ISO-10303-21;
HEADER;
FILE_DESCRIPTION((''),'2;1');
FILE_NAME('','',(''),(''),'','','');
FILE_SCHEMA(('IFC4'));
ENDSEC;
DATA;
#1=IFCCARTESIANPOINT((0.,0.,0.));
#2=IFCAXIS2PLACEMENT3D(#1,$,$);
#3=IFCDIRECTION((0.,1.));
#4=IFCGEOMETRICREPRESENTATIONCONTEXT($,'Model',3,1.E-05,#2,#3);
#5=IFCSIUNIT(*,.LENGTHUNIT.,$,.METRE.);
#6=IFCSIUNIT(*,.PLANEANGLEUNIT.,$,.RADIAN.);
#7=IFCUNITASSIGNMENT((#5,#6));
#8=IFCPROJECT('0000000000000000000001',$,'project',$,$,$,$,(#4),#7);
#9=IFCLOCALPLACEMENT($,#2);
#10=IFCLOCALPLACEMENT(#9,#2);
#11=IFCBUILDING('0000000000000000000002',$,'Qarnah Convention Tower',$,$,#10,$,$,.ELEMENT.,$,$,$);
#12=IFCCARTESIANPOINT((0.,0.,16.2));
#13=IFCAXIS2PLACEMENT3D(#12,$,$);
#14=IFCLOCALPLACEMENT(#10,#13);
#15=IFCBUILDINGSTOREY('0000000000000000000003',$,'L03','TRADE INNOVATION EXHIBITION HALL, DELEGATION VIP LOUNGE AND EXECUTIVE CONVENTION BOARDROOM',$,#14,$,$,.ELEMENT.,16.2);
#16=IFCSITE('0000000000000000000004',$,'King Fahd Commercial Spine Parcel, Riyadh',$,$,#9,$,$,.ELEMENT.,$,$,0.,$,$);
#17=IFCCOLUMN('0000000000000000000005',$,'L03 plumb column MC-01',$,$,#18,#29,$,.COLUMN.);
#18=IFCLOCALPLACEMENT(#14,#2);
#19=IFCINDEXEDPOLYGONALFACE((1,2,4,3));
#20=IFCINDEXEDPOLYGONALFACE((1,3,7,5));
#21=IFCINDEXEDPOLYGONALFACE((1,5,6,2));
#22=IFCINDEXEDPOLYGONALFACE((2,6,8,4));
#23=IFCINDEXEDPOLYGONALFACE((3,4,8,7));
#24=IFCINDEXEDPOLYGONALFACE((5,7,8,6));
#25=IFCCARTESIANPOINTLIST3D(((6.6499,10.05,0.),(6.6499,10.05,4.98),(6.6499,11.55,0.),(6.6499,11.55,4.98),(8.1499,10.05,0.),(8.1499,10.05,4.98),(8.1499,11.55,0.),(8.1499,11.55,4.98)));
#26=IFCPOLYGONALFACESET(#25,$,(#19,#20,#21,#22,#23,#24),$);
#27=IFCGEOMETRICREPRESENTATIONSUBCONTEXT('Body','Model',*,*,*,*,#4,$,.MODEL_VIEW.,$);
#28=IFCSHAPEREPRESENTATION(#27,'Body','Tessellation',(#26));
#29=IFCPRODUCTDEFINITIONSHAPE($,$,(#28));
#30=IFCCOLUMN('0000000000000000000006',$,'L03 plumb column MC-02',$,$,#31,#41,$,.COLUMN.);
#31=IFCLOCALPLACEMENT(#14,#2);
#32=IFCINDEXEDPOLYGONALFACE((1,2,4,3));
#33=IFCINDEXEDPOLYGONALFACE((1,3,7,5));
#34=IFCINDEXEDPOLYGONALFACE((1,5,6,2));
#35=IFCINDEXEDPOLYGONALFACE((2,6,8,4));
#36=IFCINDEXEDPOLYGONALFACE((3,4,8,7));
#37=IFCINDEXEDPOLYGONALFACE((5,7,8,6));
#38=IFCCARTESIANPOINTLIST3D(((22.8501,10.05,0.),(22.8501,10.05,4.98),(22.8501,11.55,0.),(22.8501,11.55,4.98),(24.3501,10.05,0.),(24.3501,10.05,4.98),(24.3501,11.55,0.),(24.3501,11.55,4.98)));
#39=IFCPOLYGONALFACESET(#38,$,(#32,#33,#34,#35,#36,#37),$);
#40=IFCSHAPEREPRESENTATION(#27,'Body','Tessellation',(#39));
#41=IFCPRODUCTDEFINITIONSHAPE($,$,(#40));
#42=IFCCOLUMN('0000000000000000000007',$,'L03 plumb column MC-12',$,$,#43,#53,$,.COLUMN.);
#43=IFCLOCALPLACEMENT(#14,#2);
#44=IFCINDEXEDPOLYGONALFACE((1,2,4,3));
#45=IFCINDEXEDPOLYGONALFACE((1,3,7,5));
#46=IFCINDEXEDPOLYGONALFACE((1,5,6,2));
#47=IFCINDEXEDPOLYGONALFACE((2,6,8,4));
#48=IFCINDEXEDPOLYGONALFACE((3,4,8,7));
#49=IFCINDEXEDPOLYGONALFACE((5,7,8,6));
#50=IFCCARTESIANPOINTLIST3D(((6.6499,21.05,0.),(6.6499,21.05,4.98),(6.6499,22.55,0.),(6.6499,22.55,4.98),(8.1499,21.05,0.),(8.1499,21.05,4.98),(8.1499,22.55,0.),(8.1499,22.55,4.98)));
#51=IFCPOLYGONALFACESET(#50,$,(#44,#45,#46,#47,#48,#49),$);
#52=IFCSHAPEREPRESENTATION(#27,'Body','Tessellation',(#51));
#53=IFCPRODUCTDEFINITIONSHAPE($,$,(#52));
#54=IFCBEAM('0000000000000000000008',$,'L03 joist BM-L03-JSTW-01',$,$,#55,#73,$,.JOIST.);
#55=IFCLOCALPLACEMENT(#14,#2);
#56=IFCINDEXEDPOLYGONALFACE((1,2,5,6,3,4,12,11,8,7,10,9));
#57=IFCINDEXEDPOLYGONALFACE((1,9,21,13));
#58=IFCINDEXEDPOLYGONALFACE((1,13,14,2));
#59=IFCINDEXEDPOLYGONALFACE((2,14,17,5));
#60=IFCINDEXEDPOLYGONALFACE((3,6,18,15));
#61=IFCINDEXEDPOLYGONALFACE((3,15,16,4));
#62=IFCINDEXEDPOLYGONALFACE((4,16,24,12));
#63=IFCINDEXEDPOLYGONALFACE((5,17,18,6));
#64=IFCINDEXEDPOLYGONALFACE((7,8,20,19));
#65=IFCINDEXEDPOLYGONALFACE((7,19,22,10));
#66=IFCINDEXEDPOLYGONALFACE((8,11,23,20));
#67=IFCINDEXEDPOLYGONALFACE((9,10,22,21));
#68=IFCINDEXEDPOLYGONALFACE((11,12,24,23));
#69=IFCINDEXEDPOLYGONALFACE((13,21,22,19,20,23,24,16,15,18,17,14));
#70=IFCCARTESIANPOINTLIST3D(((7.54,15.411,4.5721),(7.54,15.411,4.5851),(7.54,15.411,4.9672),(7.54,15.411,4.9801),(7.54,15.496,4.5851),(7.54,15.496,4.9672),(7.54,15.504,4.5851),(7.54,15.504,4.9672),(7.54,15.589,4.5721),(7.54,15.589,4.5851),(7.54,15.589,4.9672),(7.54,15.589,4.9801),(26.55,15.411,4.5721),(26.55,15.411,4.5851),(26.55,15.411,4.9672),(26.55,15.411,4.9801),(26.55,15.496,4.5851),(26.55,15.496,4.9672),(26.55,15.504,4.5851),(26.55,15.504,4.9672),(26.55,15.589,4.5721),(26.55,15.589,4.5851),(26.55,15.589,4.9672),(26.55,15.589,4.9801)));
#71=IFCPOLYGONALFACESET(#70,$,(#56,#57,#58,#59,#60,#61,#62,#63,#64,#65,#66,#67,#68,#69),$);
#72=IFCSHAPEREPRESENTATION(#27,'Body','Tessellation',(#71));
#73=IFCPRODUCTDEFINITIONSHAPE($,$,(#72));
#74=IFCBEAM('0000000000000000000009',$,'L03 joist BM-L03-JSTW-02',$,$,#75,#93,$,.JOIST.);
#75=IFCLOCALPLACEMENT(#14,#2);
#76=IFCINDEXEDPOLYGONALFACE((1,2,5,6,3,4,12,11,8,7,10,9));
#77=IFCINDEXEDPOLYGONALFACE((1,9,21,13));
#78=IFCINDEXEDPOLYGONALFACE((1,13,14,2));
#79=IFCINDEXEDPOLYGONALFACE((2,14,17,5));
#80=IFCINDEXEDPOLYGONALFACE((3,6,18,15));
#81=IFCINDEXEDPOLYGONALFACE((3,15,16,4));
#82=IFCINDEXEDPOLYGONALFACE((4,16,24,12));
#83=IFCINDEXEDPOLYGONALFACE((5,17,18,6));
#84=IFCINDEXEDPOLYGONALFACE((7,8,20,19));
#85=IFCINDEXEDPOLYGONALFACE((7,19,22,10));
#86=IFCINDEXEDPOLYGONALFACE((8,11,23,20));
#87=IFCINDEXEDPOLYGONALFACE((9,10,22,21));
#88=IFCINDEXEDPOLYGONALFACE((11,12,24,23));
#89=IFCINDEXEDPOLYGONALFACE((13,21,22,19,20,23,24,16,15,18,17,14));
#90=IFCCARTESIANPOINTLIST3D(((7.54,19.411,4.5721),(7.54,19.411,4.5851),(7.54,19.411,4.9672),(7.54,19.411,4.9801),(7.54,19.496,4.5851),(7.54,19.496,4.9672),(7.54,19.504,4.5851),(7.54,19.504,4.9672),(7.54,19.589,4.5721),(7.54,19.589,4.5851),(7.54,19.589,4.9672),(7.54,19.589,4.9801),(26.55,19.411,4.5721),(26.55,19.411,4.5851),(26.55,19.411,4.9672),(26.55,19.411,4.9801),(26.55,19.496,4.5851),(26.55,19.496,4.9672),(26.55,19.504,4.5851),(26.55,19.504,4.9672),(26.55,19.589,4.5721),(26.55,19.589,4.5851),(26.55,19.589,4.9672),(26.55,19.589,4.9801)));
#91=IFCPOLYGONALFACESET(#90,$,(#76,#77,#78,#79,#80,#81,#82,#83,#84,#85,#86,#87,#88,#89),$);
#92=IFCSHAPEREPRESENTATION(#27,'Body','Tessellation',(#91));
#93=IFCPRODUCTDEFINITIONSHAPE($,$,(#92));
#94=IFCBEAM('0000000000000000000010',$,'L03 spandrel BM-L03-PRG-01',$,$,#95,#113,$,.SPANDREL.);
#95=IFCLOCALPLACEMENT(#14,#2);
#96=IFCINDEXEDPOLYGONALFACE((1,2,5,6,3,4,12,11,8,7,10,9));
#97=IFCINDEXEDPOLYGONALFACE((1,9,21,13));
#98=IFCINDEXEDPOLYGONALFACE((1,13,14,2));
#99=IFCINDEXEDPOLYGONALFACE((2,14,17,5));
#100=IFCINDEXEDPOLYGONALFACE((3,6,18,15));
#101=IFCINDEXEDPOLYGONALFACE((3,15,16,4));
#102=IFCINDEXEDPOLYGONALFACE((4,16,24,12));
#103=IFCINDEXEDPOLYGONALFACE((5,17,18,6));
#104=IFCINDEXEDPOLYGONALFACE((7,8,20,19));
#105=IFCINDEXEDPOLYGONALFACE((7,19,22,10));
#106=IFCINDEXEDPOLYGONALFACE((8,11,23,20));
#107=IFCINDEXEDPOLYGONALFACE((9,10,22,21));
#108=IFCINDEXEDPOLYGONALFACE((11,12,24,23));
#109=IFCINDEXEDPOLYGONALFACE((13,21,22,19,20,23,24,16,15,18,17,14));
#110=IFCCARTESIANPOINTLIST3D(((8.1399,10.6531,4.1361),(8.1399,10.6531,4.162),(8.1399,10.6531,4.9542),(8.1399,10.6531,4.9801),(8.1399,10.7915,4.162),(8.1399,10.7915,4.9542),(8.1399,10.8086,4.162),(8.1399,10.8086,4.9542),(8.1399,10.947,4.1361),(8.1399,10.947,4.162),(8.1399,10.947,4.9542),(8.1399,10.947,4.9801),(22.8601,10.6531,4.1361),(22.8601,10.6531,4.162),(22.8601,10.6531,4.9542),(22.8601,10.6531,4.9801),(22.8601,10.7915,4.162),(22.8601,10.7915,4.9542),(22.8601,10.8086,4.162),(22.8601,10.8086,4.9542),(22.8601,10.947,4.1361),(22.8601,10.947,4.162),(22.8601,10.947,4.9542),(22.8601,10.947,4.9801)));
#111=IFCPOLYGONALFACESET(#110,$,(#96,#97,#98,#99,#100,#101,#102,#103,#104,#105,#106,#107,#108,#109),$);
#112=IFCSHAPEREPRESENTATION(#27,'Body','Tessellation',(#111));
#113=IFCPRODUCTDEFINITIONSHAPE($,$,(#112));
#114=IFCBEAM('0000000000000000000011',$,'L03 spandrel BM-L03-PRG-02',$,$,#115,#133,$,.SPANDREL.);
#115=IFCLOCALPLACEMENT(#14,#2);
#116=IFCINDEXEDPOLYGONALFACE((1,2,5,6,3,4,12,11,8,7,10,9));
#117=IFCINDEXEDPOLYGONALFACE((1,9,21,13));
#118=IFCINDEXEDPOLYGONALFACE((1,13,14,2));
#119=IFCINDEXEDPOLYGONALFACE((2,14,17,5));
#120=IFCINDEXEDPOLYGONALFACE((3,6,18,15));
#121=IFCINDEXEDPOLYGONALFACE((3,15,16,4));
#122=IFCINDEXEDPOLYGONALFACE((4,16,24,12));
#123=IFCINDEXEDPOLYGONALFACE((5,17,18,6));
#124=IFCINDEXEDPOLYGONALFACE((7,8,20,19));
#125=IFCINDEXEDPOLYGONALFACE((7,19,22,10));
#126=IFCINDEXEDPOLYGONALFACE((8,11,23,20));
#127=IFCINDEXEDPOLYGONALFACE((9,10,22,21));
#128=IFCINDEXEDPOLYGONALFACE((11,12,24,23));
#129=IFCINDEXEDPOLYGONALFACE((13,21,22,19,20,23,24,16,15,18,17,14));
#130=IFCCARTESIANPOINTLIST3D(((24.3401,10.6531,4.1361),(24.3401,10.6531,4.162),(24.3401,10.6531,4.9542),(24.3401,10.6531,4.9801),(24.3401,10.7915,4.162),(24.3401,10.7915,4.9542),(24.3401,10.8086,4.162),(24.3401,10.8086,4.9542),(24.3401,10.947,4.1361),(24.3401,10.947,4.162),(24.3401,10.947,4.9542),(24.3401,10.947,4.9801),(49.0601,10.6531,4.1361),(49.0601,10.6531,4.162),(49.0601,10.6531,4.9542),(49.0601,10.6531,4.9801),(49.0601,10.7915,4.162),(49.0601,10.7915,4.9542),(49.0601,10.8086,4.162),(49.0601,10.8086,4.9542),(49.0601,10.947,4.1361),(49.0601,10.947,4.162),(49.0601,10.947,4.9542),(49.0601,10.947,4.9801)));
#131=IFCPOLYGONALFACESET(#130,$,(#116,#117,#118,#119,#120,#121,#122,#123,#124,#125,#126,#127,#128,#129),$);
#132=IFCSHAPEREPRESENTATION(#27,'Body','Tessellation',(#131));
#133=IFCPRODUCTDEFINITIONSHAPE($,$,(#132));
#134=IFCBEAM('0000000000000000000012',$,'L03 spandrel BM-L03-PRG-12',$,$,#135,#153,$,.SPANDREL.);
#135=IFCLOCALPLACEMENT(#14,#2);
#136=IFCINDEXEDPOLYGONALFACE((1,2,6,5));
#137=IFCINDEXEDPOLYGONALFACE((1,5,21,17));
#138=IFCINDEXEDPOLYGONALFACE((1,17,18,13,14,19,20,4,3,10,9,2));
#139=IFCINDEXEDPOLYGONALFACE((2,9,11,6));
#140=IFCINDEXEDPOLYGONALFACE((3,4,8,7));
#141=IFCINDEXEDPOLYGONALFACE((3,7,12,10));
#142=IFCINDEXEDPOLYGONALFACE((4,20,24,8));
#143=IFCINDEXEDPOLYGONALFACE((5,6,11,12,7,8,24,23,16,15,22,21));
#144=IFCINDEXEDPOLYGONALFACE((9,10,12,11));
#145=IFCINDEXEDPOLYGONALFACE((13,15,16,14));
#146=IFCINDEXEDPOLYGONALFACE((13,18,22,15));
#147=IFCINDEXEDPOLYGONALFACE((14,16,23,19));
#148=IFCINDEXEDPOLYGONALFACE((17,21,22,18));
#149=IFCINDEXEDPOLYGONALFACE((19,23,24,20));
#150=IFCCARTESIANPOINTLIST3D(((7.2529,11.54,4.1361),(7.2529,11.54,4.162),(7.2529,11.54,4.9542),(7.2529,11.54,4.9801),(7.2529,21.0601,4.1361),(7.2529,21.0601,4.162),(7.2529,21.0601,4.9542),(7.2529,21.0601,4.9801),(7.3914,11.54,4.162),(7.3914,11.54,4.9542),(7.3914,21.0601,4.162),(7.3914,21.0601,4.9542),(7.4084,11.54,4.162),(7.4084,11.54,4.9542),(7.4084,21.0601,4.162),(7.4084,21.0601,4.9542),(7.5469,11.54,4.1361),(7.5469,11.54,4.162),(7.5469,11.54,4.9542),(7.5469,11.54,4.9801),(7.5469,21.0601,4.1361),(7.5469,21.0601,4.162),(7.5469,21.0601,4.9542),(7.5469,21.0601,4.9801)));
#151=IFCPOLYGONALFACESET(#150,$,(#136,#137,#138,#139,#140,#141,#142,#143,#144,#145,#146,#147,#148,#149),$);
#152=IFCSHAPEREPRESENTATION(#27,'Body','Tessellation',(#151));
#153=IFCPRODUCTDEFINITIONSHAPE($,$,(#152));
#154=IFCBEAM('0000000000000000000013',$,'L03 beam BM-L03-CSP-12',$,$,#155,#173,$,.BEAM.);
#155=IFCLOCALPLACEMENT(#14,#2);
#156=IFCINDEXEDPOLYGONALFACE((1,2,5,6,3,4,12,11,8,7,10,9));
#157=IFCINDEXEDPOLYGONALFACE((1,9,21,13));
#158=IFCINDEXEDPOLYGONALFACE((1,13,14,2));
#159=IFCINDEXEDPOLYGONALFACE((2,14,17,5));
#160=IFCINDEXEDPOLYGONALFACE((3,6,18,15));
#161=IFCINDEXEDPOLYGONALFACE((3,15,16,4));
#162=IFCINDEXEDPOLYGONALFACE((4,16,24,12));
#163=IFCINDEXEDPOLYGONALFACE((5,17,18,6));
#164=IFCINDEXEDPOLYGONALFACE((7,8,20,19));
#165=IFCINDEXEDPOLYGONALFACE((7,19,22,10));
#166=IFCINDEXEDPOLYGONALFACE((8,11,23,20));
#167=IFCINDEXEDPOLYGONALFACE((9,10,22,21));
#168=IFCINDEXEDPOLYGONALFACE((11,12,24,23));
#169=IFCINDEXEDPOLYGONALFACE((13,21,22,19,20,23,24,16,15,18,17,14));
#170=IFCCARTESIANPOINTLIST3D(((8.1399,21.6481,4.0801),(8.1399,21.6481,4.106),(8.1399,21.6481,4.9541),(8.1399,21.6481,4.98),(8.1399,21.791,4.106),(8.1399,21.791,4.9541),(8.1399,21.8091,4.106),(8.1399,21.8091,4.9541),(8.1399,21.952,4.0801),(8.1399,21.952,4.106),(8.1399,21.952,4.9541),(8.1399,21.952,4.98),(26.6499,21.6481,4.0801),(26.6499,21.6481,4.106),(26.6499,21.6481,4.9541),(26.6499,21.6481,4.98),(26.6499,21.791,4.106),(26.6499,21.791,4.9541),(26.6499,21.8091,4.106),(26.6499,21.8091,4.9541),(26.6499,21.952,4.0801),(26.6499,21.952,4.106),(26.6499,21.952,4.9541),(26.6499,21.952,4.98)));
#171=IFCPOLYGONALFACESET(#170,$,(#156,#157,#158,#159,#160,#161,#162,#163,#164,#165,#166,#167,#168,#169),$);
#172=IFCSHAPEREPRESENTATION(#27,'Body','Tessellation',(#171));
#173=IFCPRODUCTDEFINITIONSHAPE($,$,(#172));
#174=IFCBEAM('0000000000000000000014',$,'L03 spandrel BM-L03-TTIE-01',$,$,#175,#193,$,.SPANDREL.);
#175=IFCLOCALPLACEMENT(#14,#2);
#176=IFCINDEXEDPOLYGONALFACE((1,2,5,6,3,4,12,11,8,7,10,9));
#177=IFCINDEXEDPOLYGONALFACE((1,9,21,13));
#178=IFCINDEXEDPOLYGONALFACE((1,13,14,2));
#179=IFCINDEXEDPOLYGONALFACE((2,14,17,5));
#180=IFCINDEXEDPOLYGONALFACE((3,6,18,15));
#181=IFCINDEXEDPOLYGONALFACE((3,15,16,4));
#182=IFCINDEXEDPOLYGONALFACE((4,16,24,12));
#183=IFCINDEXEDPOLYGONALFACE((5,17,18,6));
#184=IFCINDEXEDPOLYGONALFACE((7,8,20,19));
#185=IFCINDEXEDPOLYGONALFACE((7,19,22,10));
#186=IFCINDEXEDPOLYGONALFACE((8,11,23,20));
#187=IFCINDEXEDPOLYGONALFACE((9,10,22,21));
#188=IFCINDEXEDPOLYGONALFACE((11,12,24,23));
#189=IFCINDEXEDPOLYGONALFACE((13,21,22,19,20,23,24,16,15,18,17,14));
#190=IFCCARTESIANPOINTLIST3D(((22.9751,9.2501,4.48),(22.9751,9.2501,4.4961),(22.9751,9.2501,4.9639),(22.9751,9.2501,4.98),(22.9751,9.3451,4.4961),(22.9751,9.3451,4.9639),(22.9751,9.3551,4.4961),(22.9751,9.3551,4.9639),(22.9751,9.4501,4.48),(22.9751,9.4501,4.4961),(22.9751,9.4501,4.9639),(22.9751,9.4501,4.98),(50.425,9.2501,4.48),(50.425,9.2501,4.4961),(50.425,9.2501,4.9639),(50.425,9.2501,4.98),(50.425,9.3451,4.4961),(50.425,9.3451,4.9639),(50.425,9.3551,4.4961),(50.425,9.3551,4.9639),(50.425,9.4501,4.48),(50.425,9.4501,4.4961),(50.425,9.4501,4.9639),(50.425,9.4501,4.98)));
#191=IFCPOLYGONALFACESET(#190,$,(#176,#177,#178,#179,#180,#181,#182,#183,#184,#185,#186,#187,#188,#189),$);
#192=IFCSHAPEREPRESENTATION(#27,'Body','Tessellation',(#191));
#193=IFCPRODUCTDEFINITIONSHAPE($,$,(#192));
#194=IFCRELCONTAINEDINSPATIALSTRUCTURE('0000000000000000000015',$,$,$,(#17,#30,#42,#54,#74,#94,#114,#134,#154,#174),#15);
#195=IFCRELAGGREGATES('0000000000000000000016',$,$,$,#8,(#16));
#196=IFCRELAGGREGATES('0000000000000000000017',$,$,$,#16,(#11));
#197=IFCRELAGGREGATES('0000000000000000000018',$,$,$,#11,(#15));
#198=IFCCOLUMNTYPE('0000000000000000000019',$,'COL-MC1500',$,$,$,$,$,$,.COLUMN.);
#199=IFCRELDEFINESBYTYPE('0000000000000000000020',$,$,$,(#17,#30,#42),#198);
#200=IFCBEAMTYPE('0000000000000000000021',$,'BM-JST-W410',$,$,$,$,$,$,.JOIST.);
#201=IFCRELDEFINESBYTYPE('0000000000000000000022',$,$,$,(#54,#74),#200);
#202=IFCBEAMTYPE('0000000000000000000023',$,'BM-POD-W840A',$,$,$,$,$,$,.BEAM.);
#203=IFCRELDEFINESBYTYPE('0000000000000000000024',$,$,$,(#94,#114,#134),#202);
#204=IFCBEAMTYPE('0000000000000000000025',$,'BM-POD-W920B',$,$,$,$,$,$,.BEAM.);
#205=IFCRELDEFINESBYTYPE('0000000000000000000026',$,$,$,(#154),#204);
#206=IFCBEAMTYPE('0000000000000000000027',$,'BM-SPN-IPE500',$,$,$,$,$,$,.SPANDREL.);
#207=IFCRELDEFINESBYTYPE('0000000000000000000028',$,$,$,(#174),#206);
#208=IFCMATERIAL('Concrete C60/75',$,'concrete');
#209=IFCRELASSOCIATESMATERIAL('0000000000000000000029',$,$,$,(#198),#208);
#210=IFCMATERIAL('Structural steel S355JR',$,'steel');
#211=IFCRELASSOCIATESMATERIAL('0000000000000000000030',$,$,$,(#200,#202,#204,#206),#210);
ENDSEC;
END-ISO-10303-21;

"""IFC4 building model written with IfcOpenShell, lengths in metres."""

from ifc_helpers import new_model, si_unit, direction, frame, origin, origin_2d, place, context, subcontext, project, spatial, rectangle, i_section, extrude, material, material_profile, profile_set, type_object, element, save


model = new_model("IFC4")

# Units and contexts
model_context = context("Model", 3, precision=1e-05, world=origin(), true_north=direction((0.0, 1.0)))
body_context = subcontext(model_context, "Body", "Model", "MODEL_VIEW")
ifc_project = project(units=[si_unit("LENGTHUNIT", "METRE"), si_unit("PLANEANGLEUNIT", "RADIAN")], contexts=[model_context])

# Site, building, storey
site_placement = place(None, origin())
site = spatial("IfcSite", under=ifc_project, at=site_placement, Name="King Fahd Commercial Spine Parcel, Riyadh", CompositionType="ELEMENT", RefElevation=0.0)
building_placement = place(site_placement, origin())
building = spatial("IfcBuilding", under=site, at=building_placement, Name="Qarnah Convention Tower", CompositionType="ELEMENT")
storey_placement = place(building_placement, frame((0.0, 0.0, 16.2)))
storey = spatial("IfcBuildingStorey", under=building, at=storey_placement, Name="L03", Description="TRADE INNOVATION EXHIBITION HALL, DELEGATION VIP LOUNGE AND EXECUTIVE CONVENTION BOARDROOM", CompositionType="ELEMENT", Elevation=16.2)

# Columns
ifc_material_1 = material(Name="Concrete C60/75", Category="concrete")
ifc_material_profile_1 = material_profile(ifc_material_1, rectangle(XDim=1.5, YDim=1.5, at=origin_2d()), Name="RC-COL-1500X1500")
ifc_profile_set_1 = profile_set([ifc_material_profile_1], Name="Concrete C60/75")
column_type = type_object("IfcColumnType", Name="COL-MC1500", PredefinedType="COLUMN", material=ifc_profile_set_1)
for number, where, z_axis, x_axis, name in (
    (1, (7.3999, 10.8, 0.0), (0.0, 0.0, 1.0), (1.0, 0.0, 0.0), "L03 plumb column MC-01"),
    (2, (23.6001, 10.8, 0.0), (0.0, 0.0, 1.0), (1.0, 0.0, 0.0), "L03 plumb column MC-02"),
    (3, (7.3999, 21.8, 0.0), (0.0, 0.0, 1.0), (1.0, 0.0, 0.0), "L03 plumb column MC-12"),
):
    element("IfcColumn", number, at=place(storey_placement, frame(where, z_axis=z_axis, x_axis=x_axis)), inside=storey, type_object=column_type, Name=name, PredefinedType="COLUMN", context=body_context, shape_type="SweptSolid", body=[
        extrude(rectangle(XDim=1.5, YDim=1.5, at=origin_2d()), origin(), (0.0, 0.0, 1.0), 4.98),
    ])

# Beams
ifc_material_2 = material(Name="Structural steel S355JR", Category="steel")
ifc_material_profile_2 = material_profile(ifc_material_2, i_section(OverallWidth=0.178, OverallDepth=0.408, WebThickness=0.0081, FlangeThickness=0.0129, at=origin_2d()), Name="W410X60")
ifc_profile_set_2 = profile_set([ifc_material_profile_2], Name="Structural steel S355JR")
beam_type_1 = type_object("IfcBeamType", Name="BM-JST-W410", PredefinedType="JOIST", material=ifc_profile_set_2)
for number, where, z_axis, x_axis, name in (
    (4, (7.54, 15.5, 4.7761), (1.0, 0.0, 0.0), (0.0, 1.0, 0.0), "L03 joist BM-L03-JSTW-01"),
    (5, (7.54, 19.5, 4.7761), (1.0, 0.0, 0.0), (0.0, 1.0, 0.0), "L03 joist BM-L03-JSTW-02"),
):
    element("IfcBeam", number, at=place(storey_placement, frame(where, z_axis=z_axis, x_axis=x_axis)), inside=storey, type_object=beam_type_1, Name=name, PredefinedType="JOIST", context=body_context, shape_type="SweptSolid", body=[
        extrude(i_section(OverallWidth=0.178, OverallDepth=0.408, WebThickness=0.0081, FlangeThickness=0.0129, at=origin_2d()), origin(), (0.0, 0.0, 1.0), 19.01),
    ])
ifc_material_profile_3 = material_profile(ifc_material_2, i_section(OverallWidth=0.2939, OverallDepth=0.844, WebThickness=0.0171, FlangeThickness=0.0259, at=origin_2d()), Name="W840X251")
ifc_profile_set_3 = profile_set([ifc_material_profile_3], Name="Structural steel S355JR")
beam_type_2 = type_object("IfcBeamType", Name="BM-POD-W840A", PredefinedType="BEAM", material=ifc_profile_set_3)
beam_1_placement = place(storey_placement, frame((8.1399, 10.8, 4.5581), z_axis=(1.0, 0.0, 0.0), x_axis=(0.0, 1.0, 0.0)))
element("IfcBeam", 6, at=beam_1_placement, inside=storey, type_object=beam_type_2, Name="L03 spandrel BM-L03-PRG-01", PredefinedType="SPANDREL", context=body_context, shape_type="SweptSolid", body=[
    extrude(i_section(OverallWidth=0.2939, OverallDepth=0.844, WebThickness=0.0171, FlangeThickness=0.0259, at=origin_2d()), origin(), (0.0, 0.0, 1.0), 14.7202),
])
beam_2_placement = place(storey_placement, frame((24.3401, 10.8, 4.5581), z_axis=(1.0, 0.0, 0.0), x_axis=(0.0, 1.0, 0.0)))
element("IfcBeam", 7, at=beam_2_placement, inside=storey, type_object=beam_type_2, Name="L03 spandrel BM-L03-PRG-02", PredefinedType="SPANDREL", context=body_context, shape_type="SweptSolid", body=[
    extrude(i_section(OverallWidth=0.2939, OverallDepth=0.844, WebThickness=0.0171, FlangeThickness=0.0259, at=origin_2d()), origin(), (0.0, 0.0, 1.0), 24.72),
])
beam_3_placement = place(storey_placement, frame((7.3999, 21.0601, 4.5581), z_axis=(0.0, -1.0, 0.0), x_axis=(1.0, 0.0, 0.0)))
element("IfcBeam", 8, at=beam_3_placement, inside=storey, type_object=beam_type_2, Name="L03 spandrel BM-L03-PRG-12", PredefinedType="SPANDREL", context=body_context, shape_type="SweptSolid", body=[
    extrude(i_section(OverallWidth=0.2939, OverallDepth=0.844, WebThickness=0.0171, FlangeThickness=0.0259, at=origin_2d()), origin(), (0.0, 0.0, 1.0), 9.52),
])
ifc_material_profile_4 = material_profile(ifc_material_2, i_section(OverallWidth=0.304, OverallDepth=0.8999, WebThickness=0.0181, FlangeThickness=0.0259, at=origin_2d()), Name="W920X271")
ifc_profile_set_4 = profile_set([ifc_material_profile_4], Name="Structural steel S355JR")
beam_type_3 = type_object("IfcBeamType", Name="BM-POD-W920B", PredefinedType="BEAM", material=ifc_profile_set_4)
beam_4_placement = place(storey_placement, frame((8.1399, 21.8, 4.53), z_axis=(1.0, 0.0, 0.0), x_axis=(0.0, 1.0, 0.0)))
element("IfcBeam", 9, at=beam_4_placement, inside=storey, type_object=beam_type_3, Name="L03 beam BM-L03-CSP-12", PredefinedType="BEAM", context=body_context, shape_type="SweptSolid", body=[
    extrude(i_section(OverallWidth=0.304, OverallDepth=0.8999, WebThickness=0.0181, FlangeThickness=0.0259, at=origin_2d()), origin(), (0.0, 0.0, 1.0), 18.51),
])
ifc_material_profile_5 = material_profile(ifc_material_2, i_section(OverallWidth=0.2, OverallDepth=0.5, WebThickness=0.01, FlangeThickness=0.0161, at=origin_2d()), Name="IPE500")
ifc_profile_set_5 = profile_set([ifc_material_profile_5], Name="Structural steel S355JR")
beam_type_4 = type_object("IfcBeamType", Name="BM-SPN-IPE500", PredefinedType="SPANDREL", material=ifc_profile_set_5)
beam_5_placement = place(storey_placement, frame((22.9751, 9.3501, 4.73), z_axis=(1.0, 0.0, 0.0), x_axis=(0.0, 1.0, 0.0)))
element("IfcBeam", 10, at=beam_5_placement, inside=storey, type_object=beam_type_4, Name="L03 spandrel BM-L03-TTIE-01", PredefinedType="SPANDREL", context=body_context, shape_type="SweptSolid", body=[
    extrude(i_section(OverallWidth=0.2, OverallDepth=0.5, WebThickness=0.01, FlangeThickness=0.0161, at=origin_2d()), origin(), (0.0, 0.0, 1.0), 27.45),
])

save(model, "model.ifc")
